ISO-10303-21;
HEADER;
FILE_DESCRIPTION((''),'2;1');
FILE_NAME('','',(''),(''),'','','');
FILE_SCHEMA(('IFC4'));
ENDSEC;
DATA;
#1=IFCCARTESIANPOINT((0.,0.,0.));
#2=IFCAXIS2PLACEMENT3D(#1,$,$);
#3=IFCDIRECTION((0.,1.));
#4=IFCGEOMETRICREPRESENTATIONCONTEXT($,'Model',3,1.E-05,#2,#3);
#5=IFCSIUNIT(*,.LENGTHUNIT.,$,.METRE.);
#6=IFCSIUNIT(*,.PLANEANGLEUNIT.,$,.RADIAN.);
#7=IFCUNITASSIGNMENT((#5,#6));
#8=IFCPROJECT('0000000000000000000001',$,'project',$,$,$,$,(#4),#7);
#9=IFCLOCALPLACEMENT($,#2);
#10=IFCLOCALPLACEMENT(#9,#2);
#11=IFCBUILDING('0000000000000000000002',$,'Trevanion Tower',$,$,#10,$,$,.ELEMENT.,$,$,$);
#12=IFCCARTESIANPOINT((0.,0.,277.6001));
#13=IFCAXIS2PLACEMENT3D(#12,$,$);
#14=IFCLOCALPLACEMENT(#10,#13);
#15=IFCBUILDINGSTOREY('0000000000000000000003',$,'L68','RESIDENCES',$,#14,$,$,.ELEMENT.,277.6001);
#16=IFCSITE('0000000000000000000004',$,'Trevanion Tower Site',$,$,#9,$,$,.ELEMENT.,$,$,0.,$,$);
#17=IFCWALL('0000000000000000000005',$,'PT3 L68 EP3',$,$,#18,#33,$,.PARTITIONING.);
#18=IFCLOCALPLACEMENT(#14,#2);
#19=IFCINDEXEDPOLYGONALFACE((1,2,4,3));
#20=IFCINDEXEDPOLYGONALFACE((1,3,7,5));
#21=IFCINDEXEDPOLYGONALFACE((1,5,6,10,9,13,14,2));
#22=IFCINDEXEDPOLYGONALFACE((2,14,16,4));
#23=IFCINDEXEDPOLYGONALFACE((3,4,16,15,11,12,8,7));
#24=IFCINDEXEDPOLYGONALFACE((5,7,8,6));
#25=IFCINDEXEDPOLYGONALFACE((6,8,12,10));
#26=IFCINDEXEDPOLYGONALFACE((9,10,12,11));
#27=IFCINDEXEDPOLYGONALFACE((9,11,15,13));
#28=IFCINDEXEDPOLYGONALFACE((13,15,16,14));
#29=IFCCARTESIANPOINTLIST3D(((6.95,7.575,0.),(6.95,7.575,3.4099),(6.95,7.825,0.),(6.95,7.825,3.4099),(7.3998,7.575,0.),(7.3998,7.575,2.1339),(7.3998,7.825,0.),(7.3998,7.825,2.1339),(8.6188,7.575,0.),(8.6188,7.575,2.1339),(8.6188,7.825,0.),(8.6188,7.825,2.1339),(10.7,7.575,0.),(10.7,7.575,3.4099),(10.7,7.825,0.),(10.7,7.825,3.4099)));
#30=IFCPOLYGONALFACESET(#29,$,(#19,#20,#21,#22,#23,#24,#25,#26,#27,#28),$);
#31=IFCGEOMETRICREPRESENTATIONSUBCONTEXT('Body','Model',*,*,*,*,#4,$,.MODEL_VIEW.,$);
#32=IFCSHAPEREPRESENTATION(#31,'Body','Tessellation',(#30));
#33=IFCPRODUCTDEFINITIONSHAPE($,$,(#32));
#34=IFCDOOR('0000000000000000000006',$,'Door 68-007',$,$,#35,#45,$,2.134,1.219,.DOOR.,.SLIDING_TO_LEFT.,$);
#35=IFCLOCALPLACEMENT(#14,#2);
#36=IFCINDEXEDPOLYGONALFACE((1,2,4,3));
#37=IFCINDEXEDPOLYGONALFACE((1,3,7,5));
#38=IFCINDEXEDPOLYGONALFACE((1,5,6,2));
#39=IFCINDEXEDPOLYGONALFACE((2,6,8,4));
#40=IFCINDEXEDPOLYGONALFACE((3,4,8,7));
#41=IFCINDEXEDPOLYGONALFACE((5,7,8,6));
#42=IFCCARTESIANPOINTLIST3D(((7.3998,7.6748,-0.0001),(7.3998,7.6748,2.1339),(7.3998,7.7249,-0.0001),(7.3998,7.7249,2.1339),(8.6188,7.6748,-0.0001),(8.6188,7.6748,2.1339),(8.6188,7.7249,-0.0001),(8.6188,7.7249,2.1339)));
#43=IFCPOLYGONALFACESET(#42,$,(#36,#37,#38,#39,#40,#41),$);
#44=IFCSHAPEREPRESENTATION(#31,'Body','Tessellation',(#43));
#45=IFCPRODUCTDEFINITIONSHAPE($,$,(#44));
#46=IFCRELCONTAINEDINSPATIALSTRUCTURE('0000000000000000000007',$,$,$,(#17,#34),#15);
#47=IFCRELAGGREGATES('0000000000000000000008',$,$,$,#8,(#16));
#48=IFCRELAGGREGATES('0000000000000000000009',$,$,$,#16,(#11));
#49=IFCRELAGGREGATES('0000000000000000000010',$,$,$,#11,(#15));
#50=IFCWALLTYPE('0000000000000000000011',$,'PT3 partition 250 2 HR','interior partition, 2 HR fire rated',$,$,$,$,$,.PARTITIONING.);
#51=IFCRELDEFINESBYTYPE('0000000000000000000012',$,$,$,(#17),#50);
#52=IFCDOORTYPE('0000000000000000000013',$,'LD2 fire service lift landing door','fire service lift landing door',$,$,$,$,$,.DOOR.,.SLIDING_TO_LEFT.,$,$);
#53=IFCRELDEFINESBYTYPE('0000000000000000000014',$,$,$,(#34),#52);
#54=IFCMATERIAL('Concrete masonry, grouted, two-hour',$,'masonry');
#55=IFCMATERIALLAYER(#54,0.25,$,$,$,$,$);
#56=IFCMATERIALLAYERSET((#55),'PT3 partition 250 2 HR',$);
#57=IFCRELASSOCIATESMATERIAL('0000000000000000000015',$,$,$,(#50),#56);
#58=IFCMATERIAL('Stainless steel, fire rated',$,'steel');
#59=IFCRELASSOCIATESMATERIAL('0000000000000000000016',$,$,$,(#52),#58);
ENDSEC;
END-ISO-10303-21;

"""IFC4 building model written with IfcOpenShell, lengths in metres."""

from ifc_helpers import new_model, si_unit, direction, frame, frame_2d, origin, place, context, subcontext, project, spatial, rectangle, extrude, material, layer, layer_set, type_object, element, fill, save


model = new_model("IFC4")

# Units and contexts
model_context = context("Model", 3, precision=1e-05, world=origin(), true_north=direction((0.0, 1.0)))
body_context = subcontext(model_context, "Body", "Model", "MODEL_VIEW")
ifc_project = project(units=[si_unit("LENGTHUNIT", "METRE"), si_unit("PLANEANGLEUNIT", "RADIAN")], contexts=[model_context])

# Site, building, storey
site_placement = place(None, origin())
site = spatial("IfcSite", under=ifc_project, at=site_placement, Name="Trevanion Tower Site", CompositionType="ELEMENT", RefElevation=0.0)
building_placement = place(site_placement, origin())
building = spatial("IfcBuilding", under=site, at=building_placement, Name="Trevanion Tower", CompositionType="ELEMENT")
storey_placement = place(building_placement, frame((0.0, 0.0, 277.6001)))
storey = spatial("IfcBuildingStorey", under=building, at=storey_placement, Name="L68", Description="RESIDENCES", CompositionType="ELEMENT", Elevation=277.6001)

# Wall, opening, door
ifc_material_1 = material(Name="Concrete masonry, grouted, two-hour", Category="masonry")
ifc_layer_1 = layer(ifc_material_1, 0.25)
ifc_layer_set_1 = layer_set([ifc_layer_1], Name="PT3 partition 250 2 HR")
wall_type_1 = type_object("IfcWallType", Name="PT3 partition 250 2 HR", Description="interior partition, 2 HR fire rated", PredefinedType="PARTITIONING", material=ifc_layer_set_1)
wall_1_placement = place(storey_placement, frame((6.95, 7.7, 0.0), z_axis=(0.0, 0.0, 1.0), x_axis=(1.0, 0.0, 0.0)))
wall_1 = element("IfcWall", 1, at=wall_1_placement, inside=storey, type_object=wall_type_1, Name="PT3 L68 EP3", PredefinedType="PARTITIONING", context=body_context, shape_type="SweptSolid", body=[
    extrude(rectangle(XDim=3.75, YDim=0.25, at=frame_2d((1.875, 0.0))), origin(), (0.0, 0.0, 1.0), 3.4099),
])
opening_1_placement = place(wall_1_placement, frame((0.45, 0.0, 0.0)))
opening_1 = element("IfcOpeningElement", 2, at=opening_1_placement, cuts=wall_1, PredefinedType="OPENING", context=body_context, shape_type="SweptSolid", body=[
    extrude(rectangle(XDim=1.219, YDim=2.134, at=frame_2d((0.6094, 1.0669))), frame((0.0, 0.135, 0.0), z_axis=(0.0, -1.0, 0.0), x_axis=(1.0, 0.0, 0.0)), (0.0, 0.0, 1.0), 0.27),
])
ifc_material_2 = material(Name="Stainless steel, fire rated", Category="steel")
door_type_1 = type_object("IfcDoorType", Name="LD2 fire service lift landing door", Description="fire service lift landing door", OperationType="SLIDING_TO_LEFT", PredefinedType="DOOR", material=ifc_material_2)
door_1_placement = place(opening_1_placement, origin())
door_1 = element("IfcDoor", 3, at=door_1_placement, inside=storey, type_object=door_type_1, Name="Door 68-007", OperationType="SLIDING_TO_LEFT", OverallHeight=2.134, OverallWidth=1.219, PredefinedType="DOOR", context=body_context, shape_type="SweptSolid", body=[
    extrude(rectangle(XDim=1.219, YDim=2.134, at=frame_2d((0.6094, 1.0669))), frame((0.0, 0.0249, 0.0), z_axis=(0.0, -1.0, 0.0), x_axis=(1.0, 0.0, 0.0)), (0.0, 0.0, 1.0), 0.05),
])
fill(opening_1, door_1)

save(model, "model.ifc")
